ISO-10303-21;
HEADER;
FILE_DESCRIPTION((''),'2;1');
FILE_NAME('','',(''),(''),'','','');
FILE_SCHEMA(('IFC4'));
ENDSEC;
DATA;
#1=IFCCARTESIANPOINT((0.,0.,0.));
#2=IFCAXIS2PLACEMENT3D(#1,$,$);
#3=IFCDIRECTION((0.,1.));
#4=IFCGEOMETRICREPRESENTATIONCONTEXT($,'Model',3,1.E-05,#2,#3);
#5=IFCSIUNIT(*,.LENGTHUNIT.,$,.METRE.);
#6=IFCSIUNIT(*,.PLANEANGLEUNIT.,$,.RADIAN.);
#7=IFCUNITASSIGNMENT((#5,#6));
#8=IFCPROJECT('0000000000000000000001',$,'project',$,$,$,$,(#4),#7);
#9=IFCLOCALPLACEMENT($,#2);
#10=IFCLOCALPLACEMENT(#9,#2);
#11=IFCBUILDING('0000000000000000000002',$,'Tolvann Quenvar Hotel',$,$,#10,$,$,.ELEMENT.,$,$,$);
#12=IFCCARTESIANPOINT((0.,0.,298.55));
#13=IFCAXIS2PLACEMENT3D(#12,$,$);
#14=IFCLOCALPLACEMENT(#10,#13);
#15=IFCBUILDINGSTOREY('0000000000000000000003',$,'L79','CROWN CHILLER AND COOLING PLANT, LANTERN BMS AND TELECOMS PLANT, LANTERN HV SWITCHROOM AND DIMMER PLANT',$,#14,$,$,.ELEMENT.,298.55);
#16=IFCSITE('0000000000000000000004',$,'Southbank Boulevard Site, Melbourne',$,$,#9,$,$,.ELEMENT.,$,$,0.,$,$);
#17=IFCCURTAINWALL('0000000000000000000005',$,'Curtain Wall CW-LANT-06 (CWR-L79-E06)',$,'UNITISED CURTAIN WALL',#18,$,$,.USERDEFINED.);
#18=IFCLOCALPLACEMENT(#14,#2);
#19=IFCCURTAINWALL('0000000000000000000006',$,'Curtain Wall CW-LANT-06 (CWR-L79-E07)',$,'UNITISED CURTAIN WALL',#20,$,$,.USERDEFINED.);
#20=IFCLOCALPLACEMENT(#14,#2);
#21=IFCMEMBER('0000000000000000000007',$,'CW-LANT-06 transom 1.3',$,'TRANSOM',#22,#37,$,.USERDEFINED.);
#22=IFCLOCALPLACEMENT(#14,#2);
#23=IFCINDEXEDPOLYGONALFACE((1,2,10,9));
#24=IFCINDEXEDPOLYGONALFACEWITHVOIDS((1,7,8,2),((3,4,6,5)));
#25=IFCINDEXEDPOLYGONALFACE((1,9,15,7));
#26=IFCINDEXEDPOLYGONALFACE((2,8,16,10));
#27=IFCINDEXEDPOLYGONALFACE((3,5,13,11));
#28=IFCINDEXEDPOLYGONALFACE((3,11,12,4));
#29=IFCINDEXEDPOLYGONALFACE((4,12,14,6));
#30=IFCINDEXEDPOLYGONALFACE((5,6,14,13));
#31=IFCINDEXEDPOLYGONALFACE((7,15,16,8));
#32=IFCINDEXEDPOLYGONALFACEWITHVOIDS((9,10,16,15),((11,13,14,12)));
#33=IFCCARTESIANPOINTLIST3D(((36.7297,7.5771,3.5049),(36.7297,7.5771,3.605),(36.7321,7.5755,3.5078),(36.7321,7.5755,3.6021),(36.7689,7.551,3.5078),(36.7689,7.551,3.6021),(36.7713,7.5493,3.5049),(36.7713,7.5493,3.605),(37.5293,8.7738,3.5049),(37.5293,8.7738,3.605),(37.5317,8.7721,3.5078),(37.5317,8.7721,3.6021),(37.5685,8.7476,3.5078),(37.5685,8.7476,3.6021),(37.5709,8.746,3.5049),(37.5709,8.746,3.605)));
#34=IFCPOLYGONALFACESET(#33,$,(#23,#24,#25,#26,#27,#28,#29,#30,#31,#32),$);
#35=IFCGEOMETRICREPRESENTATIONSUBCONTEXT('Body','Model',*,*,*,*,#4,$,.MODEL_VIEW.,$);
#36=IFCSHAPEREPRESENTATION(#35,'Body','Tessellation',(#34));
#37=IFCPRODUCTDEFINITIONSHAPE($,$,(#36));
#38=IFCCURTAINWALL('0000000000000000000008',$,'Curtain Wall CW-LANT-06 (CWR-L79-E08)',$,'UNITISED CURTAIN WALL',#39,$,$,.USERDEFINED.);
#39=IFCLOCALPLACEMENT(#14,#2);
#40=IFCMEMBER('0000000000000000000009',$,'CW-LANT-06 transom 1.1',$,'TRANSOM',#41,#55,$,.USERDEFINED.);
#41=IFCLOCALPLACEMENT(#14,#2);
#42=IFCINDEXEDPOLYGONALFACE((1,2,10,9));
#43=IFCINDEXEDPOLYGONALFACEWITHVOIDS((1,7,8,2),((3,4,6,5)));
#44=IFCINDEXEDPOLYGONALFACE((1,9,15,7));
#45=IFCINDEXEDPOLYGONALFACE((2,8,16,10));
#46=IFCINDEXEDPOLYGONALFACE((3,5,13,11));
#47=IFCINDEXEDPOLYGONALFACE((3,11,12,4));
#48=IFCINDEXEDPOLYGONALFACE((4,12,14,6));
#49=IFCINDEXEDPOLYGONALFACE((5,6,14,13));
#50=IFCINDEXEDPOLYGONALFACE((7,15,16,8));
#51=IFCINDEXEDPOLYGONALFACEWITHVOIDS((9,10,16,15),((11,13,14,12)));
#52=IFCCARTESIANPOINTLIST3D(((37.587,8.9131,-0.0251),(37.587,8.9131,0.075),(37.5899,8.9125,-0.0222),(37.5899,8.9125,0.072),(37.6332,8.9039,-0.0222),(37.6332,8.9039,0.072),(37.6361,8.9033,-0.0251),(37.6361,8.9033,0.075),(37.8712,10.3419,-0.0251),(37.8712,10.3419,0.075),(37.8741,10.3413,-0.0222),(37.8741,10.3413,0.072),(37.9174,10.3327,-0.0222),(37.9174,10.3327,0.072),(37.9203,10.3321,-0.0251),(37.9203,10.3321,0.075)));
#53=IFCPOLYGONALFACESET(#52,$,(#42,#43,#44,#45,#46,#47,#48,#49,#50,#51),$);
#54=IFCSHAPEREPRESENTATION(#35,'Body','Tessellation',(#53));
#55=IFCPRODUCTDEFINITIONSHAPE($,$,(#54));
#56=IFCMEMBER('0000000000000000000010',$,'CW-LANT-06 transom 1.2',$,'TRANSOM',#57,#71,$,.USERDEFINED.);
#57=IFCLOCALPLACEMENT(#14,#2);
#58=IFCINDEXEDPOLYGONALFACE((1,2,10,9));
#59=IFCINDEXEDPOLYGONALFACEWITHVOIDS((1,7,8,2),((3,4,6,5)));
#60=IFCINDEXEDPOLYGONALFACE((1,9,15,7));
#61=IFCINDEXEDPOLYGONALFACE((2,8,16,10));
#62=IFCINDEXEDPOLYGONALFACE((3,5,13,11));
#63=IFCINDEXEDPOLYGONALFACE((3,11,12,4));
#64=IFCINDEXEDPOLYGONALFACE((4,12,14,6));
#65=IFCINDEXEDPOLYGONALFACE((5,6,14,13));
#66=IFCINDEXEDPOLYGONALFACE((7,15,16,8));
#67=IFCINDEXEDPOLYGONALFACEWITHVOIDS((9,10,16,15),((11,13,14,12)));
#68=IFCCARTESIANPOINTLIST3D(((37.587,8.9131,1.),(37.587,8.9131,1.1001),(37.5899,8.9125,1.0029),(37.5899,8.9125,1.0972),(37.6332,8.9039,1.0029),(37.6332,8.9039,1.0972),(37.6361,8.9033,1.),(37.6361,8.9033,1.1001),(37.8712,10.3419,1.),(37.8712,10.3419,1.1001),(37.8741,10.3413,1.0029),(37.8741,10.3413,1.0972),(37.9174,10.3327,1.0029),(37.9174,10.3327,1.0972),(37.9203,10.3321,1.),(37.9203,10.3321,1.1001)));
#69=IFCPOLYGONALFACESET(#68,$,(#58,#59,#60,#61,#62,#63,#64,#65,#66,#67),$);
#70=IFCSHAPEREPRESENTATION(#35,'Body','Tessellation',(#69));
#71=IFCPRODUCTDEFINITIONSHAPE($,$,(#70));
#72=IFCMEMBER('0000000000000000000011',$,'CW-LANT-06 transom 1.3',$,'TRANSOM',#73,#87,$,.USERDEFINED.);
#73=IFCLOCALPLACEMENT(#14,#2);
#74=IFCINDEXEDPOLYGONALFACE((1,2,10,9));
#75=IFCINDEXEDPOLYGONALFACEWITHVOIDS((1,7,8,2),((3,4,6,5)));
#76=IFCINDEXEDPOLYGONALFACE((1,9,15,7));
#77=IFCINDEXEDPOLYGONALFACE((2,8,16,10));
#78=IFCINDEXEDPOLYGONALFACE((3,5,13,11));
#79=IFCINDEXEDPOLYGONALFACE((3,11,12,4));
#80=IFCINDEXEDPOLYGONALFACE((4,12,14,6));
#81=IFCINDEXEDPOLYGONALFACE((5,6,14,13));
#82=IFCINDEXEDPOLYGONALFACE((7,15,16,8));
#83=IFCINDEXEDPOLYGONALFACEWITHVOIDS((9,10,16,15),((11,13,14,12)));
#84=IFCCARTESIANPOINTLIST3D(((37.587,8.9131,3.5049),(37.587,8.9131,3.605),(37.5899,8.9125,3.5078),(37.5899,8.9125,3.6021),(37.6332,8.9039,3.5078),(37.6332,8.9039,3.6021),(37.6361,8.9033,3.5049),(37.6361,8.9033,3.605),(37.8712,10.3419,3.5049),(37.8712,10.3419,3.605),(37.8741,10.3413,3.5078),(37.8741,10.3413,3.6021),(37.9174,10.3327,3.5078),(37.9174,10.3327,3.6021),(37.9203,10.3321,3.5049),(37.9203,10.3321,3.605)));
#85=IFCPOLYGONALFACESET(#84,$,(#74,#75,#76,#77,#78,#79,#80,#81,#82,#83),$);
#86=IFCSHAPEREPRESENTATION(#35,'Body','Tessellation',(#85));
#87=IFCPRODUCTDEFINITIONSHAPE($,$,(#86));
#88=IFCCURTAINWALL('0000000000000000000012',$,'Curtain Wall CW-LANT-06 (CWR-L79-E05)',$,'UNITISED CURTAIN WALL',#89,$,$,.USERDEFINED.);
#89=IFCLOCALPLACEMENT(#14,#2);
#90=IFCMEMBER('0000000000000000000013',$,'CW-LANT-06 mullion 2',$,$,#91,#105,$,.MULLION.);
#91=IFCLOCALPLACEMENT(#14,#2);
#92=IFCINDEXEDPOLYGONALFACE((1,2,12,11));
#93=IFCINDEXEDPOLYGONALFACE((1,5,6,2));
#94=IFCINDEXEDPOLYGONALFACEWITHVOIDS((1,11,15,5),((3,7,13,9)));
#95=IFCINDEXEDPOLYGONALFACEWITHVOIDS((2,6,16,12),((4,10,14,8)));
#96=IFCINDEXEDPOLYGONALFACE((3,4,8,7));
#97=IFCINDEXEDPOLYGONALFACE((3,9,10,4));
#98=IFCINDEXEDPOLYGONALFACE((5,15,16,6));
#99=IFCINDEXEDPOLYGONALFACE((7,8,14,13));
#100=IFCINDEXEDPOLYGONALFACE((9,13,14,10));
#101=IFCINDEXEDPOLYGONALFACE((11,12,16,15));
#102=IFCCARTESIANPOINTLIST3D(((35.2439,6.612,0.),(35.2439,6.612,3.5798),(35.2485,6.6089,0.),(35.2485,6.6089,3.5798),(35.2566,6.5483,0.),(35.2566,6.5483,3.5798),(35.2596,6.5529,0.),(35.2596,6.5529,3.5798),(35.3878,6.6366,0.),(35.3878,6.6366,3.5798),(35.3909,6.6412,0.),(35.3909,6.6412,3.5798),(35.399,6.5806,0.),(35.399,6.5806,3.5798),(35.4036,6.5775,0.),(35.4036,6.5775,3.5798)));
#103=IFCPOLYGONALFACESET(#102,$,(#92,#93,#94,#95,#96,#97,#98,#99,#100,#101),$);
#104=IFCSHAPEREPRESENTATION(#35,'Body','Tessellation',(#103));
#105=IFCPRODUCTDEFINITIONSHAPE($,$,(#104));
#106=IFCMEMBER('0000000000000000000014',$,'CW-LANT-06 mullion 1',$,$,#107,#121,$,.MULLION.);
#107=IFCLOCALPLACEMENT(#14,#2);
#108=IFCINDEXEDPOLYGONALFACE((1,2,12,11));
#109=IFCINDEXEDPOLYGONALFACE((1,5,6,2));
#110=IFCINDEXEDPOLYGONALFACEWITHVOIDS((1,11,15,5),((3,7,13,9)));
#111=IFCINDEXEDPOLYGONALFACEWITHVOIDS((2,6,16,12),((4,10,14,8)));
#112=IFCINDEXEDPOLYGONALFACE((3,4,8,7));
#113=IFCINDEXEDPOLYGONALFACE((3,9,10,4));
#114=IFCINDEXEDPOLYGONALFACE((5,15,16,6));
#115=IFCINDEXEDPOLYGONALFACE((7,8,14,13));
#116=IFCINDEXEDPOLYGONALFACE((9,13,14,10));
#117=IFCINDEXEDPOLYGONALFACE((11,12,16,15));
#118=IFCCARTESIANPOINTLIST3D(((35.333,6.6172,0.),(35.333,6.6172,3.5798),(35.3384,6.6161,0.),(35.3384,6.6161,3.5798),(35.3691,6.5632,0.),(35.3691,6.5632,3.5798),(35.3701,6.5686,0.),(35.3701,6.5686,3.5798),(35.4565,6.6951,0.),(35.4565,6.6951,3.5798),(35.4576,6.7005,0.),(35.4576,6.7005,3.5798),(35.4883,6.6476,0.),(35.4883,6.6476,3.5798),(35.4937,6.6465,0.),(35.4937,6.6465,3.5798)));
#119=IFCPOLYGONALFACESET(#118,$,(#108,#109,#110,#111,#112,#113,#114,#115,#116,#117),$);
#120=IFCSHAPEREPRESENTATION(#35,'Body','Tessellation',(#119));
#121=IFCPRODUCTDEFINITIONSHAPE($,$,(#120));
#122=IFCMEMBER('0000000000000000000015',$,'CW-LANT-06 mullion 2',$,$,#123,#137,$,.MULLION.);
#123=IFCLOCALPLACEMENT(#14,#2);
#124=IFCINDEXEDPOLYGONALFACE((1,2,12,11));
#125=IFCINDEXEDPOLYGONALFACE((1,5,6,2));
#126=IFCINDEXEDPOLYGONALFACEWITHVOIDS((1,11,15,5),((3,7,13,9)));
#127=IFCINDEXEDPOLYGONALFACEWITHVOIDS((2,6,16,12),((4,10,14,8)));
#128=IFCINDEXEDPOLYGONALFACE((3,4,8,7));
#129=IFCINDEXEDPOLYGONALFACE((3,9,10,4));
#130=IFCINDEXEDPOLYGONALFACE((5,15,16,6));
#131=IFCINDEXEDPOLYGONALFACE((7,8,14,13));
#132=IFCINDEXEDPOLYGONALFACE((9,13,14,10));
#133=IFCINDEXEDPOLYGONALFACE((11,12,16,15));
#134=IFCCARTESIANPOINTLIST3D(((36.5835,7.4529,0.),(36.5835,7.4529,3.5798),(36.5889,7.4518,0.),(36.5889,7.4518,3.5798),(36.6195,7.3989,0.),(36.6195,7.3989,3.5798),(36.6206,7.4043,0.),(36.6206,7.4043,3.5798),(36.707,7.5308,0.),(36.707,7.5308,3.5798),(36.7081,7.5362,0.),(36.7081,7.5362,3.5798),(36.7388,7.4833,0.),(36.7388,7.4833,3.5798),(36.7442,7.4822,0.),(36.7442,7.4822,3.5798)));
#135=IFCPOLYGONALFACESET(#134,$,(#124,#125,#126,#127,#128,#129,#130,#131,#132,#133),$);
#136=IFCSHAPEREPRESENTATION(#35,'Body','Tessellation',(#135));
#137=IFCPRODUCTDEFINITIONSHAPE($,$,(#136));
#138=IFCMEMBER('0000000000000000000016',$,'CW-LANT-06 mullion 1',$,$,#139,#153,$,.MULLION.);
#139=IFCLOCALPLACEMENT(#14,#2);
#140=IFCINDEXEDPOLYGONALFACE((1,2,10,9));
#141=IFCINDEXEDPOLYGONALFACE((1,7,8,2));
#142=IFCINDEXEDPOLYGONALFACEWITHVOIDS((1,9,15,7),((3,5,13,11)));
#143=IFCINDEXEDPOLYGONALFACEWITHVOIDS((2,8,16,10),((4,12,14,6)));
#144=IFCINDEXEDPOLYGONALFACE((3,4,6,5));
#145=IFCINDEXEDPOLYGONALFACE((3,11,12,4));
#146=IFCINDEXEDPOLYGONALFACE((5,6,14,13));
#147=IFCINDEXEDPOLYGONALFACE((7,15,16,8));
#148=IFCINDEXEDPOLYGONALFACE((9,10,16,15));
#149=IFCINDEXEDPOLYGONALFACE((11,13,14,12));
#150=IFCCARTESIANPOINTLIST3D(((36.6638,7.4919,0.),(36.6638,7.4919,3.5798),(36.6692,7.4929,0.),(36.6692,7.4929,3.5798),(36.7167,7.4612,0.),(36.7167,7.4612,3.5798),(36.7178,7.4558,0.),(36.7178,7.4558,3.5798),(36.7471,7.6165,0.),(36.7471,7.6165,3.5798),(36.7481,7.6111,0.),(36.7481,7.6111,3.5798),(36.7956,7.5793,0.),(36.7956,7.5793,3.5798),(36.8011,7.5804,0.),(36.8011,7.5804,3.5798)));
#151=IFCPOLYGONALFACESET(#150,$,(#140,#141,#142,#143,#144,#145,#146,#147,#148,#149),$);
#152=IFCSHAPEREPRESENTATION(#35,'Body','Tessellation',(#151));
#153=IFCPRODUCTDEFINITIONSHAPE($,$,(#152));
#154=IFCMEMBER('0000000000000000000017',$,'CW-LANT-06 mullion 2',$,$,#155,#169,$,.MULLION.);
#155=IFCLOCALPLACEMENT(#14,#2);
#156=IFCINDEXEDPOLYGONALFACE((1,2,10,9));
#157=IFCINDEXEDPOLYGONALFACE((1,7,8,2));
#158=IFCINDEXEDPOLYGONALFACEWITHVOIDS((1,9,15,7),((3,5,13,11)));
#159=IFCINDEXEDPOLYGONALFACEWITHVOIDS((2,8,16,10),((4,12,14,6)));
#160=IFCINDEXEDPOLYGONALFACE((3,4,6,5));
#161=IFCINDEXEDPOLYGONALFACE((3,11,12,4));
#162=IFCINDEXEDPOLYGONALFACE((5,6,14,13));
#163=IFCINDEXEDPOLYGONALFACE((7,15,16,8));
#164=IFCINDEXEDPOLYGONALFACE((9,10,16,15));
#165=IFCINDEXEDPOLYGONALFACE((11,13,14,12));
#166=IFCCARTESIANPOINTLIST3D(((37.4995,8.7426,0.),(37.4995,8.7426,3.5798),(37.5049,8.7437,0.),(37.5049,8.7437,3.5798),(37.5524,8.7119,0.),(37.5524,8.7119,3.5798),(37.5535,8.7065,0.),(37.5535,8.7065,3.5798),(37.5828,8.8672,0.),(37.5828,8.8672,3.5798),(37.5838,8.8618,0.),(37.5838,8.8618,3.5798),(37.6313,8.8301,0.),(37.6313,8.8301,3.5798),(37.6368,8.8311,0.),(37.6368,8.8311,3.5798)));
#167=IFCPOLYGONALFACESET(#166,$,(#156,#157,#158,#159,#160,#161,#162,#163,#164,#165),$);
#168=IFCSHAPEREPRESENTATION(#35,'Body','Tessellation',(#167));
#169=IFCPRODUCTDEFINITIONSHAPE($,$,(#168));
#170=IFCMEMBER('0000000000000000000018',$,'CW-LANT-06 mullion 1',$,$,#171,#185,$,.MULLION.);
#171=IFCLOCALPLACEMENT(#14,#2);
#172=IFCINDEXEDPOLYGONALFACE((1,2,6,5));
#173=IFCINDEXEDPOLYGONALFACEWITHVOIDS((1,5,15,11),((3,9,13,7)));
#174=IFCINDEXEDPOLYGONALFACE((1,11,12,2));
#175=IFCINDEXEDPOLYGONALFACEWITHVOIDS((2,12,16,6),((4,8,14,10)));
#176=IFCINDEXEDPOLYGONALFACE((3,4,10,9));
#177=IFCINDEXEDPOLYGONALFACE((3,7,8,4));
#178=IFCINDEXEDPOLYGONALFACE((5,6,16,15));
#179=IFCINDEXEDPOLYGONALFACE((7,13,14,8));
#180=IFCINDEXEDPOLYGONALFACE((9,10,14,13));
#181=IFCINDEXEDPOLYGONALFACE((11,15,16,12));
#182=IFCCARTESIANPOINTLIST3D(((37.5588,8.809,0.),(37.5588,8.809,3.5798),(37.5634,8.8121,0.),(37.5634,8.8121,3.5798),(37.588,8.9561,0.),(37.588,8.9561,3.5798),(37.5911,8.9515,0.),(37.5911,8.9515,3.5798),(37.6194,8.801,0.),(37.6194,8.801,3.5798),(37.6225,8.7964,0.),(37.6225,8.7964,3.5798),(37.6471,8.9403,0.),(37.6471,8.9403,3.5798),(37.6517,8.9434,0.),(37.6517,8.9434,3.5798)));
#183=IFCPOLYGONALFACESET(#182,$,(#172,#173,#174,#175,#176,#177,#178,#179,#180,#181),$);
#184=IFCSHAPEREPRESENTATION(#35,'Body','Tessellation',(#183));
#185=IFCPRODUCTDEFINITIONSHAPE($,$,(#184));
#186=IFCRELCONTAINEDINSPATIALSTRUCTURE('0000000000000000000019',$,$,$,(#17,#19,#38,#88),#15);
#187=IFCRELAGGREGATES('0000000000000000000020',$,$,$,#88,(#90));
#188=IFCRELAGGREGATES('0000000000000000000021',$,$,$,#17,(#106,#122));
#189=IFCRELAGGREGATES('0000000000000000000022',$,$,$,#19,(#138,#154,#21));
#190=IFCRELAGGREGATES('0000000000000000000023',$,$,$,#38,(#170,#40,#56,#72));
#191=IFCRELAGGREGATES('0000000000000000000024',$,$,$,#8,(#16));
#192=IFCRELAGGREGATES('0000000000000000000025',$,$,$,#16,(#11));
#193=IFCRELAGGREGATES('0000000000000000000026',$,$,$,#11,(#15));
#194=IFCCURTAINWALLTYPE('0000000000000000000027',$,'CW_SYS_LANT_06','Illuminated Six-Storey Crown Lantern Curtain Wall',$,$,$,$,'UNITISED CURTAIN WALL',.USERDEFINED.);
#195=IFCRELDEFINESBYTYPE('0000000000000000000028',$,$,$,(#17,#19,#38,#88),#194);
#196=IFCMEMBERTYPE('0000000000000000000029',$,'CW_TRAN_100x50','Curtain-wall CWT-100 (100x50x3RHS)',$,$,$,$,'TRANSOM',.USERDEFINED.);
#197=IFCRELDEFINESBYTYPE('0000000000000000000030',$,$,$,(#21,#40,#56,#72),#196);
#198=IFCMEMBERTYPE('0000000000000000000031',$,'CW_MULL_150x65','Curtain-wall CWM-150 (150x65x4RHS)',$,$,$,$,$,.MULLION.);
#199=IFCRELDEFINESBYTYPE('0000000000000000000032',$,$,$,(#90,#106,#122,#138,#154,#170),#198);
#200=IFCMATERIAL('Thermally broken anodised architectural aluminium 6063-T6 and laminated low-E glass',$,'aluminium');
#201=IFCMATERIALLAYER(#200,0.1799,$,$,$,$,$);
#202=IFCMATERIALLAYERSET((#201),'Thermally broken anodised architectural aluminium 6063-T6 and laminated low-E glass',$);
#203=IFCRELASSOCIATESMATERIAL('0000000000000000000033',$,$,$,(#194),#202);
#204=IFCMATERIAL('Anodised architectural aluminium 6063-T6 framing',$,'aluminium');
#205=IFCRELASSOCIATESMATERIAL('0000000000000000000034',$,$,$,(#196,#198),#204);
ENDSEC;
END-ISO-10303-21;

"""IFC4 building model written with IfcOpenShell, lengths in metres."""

from ifc_helpers import new_model, si_unit, direction, frame, origin, origin_2d, place, context, subcontext, project, spatial, hollow_rectangle, extrude, source, transform, mapped, material, layer, layer_set, material_profile, profile_set, type_object, type_shapes, element, aggregate, save


model = new_model("IFC4")

# Units and contexts
model_context = context("Model", 3, precision=1e-05, world=origin(), true_north=direction((0.0, 1.0)))
body_context = subcontext(model_context, "Body", "Model", "MODEL_VIEW")
ifc_project = project(units=[si_unit("LENGTHUNIT", "METRE"), si_unit("PLANEANGLEUNIT", "RADIAN")], contexts=[model_context])

# Site, building, storey
site_placement = place(None, origin())
site = spatial("IfcSite", under=ifc_project, at=site_placement, Name="Southbank Boulevard Site, Melbourne", CompositionType="ELEMENT", RefElevation=0.0)
building_placement = place(site_placement, origin())
building = spatial("IfcBuilding", under=site, at=building_placement, Name="Tolvann Quenvar Hotel", CompositionType="ELEMENT")
storey_placement = place(building_placement, frame((0.0, 0.0, 298.55)))
storey = spatial("IfcBuildingStorey", under=building, at=storey_placement, Name="L79", Description="CROWN CHILLER AND COOLING PLANT, LANTERN BMS AND TELECOMS PLANT, LANTERN HV SWITCHROOM AND DIMMER PLANT", CompositionType="ELEMENT", Elevation=298.55)

# Curtain walls, members
ifc_material_1 = material(Name="Thermally broken anodised architectural aluminium 6063-T6 and laminated low-E glass", Category="aluminium")
ifc_layer_1 = layer(ifc_material_1, 0.1799)
ifc_layer_set_1 = layer_set([ifc_layer_1], Name="Thermally broken anodised architectural aluminium 6063-T6 and laminated low-E glass")
curtain_wall_type = type_object("IfcCurtainWallType", Name="CW_SYS_LANT_06", Description="Illuminated Six-Storey Crown Lantern Curtain Wall", ElementType="UNITISED CURTAIN WALL", PredefinedType="USERDEFINED", material=ifc_layer_set_1)
curtain_wall_1_placement = place(storey_placement, origin())
curtain_wall_1 = element("IfcCurtainWall", 1, at=curtain_wall_1_placement, inside=storey, type_object=curtain_wall_type, Name="Curtain Wall CW-LANT-06 (CWR-L79-E06)", ObjectType="UNITISED CURTAIN WALL", PredefinedType="USERDEFINED")
ifc_material_2 = material(Name="Anodised architectural aluminium 6063-T6 framing", Category="aluminium")
ifc_material_profile_1 = material_profile(ifc_material_2, hollow_rectangle(XDim=0.05, YDim=0.1001, WallThickness=0.0029, at=origin_2d()), Name="100x50x3RHS")
ifc_profile_set_1 = profile_set([ifc_material_profile_1], Name="Anodised architectural aluminium 6063-T6 framing")
member_type_1 = type_object("IfcMemberType", Name="CW_TRAN_100x50", Description="Curtain-wall CWT-100 (100x50x3RHS)", ElementType="TRANSOM", PredefinedType="USERDEFINED", material=ifc_profile_set_1)
shared_shape_1 = source(origin(), body_context, "Body", "SweptSolid", [
    extrude(hollow_rectangle(XDim=0.05, YDim=0.1001, WallThickness=0.0029, at=origin_2d()), origin(), (0.0, 0.0, 1.0), 1.4392),
])
curtain_wall_2_placement = place(storey_placement, origin())
curtain_wall_2 = element("IfcCurtainWall", 2, at=curtain_wall_2_placement, inside=storey, type_object=curtain_wall_type, Name="Curtain Wall CW-LANT-06 (CWR-L79-E07)", ObjectType="UNITISED CURTAIN WALL", PredefinedType="USERDEFINED")
member_1_placement = place(storey_placement, frame((36.7505, 7.5632, 3.5549), z_axis=(0.5556, 0.83145, 0.0), x_axis=(-0.83145, 0.5556, 0.0)))
member_1 = element("IfcMember", 3, at=member_1_placement, type_object=member_type_1, Name="CW-LANT-06 transom 1.3", ObjectType="TRANSOM", PredefinedType="USERDEFINED", context=body_context, shape_type="MappedRepresentation", body=[
    mapped(shared_shape_1, transform((0.0, 0.0, 0.0), x_axis=(1.0, 0.0, 0.0), y_axis=(0.0, 1.0, 0.0), z_axis=(0.0, 0.0, 1.0), scale=1.0)),
])
curtain_wall_3_placement = place(storey_placement, origin())
curtain_wall_3 = element("IfcCurtainWall", 4, at=curtain_wall_3_placement, inside=storey, type_object=curtain_wall_type, Name="Curtain Wall CW-LANT-06 (CWR-L79-E08)", ObjectType="UNITISED CURTAIN WALL", PredefinedType="USERDEFINED")
shared_shape_2 = source(origin(), body_context, "Body", "SweptSolid", [
    extrude(hollow_rectangle(XDim=0.05, YDim=0.1001, WallThickness=0.0029, at=origin_2d()), origin(), (0.0, 0.0, 1.0), 1.4568),
])
type_shapes(member_type_1, [shared_shape_1, shared_shape_2])
member_2_placement = place(storey_placement, frame((37.6116, 8.9082, 0.0249), z_axis=(0.195085, 0.980786, 0.0), x_axis=(-0.980786, 0.195085, 0.0)))
member_2 = element("IfcMember", 5, at=member_2_placement, type_object=member_type_1, Name="CW-LANT-06 transom 1.1", ObjectType="TRANSOM", PredefinedType="USERDEFINED", context=body_context, shape_type="MappedRepresentation", body=[
    mapped(shared_shape_2, transform((0.0, 0.0, 0.0), x_axis=(1.0, 0.0, 0.0), y_axis=(0.0, 1.0, 0.0), z_axis=(0.0, 0.0, 1.0), scale=1.0)),
])
member_3_placement = place(storey_placement, frame((37.6116, 8.9082, 1.05), z_axis=(0.195085, 0.980786, 0.0), x_axis=(-0.980786, 0.195085, 0.0)))
member_3 = element("IfcMember", 6, at=member_3_placement, type_object=member_type_1, Name="CW-LANT-06 transom 1.2", ObjectType="TRANSOM", PredefinedType="USERDEFINED", context=body_context, shape_type="MappedRepresentation", body=[
    mapped(shared_shape_2, transform((0.0, 0.0, 0.0), x_axis=(1.0, 0.0, 0.0), y_axis=(0.0, 1.0, 0.0), z_axis=(0.0, 0.0, 1.0), scale=1.0)),
])
member_4_placement = place(storey_placement, frame((37.6116, 8.9082, 3.5549), z_axis=(0.195085, 0.980786, 0.0), x_axis=(-0.980786, 0.195085, 0.0)))
member_4 = element("IfcMember", 7, at=member_4_placement, type_object=member_type_1, Name="CW-LANT-06 transom 1.3", ObjectType="TRANSOM", PredefinedType="USERDEFINED", context=body_context, shape_type="MappedRepresentation", body=[
    mapped(shared_shape_2, transform((0.0, 0.0, 0.0), x_axis=(1.0, 0.0, 0.0), y_axis=(0.0, 1.0, 0.0), z_axis=(0.0, 0.0, 1.0), scale=1.0)),
])

# Curtain wall, member
curtain_wall_4_placement = place(storey_placement, origin())
curtain_wall_4 = element("IfcCurtainWall", 8, at=curtain_wall_4_placement, inside=storey, type_object=curtain_wall_type, Name="Curtain Wall CW-LANT-06 (CWR-L79-E05)", ObjectType="UNITISED CURTAIN WALL", PredefinedType="USERDEFINED")
ifc_material_profile_2 = material_profile(ifc_material_2, hollow_rectangle(XDim=0.0649, YDim=0.1499, WallThickness=0.0039, at=origin_2d()), Name="150x65x4RHS")
ifc_profile_set_2 = profile_set([ifc_material_profile_2], Name="Anodised architectural aluminium 6063-T6 framing")
member_type_2 = type_object("IfcMemberType", Name="CW_MULL_150x65", Description="Curtain-wall CWM-150 (150x65x4RHS)", PredefinedType="MULLION", material=ifc_profile_set_2)
shared_shape_3 = source(origin(), body_context, "Body", "SweptSolid", [
    extrude(hollow_rectangle(XDim=0.0649, YDim=0.1499, WallThickness=0.0039, at=origin_2d()), origin(), (0.0, 0.0, 1.0), 3.5798),
])
type_shapes(member_type_2, [shared_shape_3])
member_5_placement = place(storey_placement, frame((35.3237, 6.5947, 0.0), z_axis=(0.0, 0.0, 1.0), x_axis=(-0.195062, 0.980791, 0.0)))
member_5 = element("IfcMember", 9, at=member_5_placement, type_object=member_type_2, Name="CW-LANT-06 mullion 2", PredefinedType="MULLION", context=body_context, shape_type="MappedRepresentation", body=[
    mapped(shared_shape_3, transform((0.0, 0.0, 0.0), x_axis=(1.0, 0.0, 0.0), y_axis=(0.0, 1.0, 0.0), z_axis=(0.0, 0.0, 1.0), scale=1.0)),
])
aggregate(curtain_wall_4, [member_5])

# Members
member_6_placement = place(storey_placement, frame((35.4133, 6.6318, 0.0), z_axis=(0.0, 0.0, 1.0), x_axis=(-0.555656, 0.831412, 0.0)))
member_6 = element("IfcMember", 10, at=member_6_placement, type_object=member_type_2, Name="CW-LANT-06 mullion 1", PredefinedType="MULLION", context=body_context, shape_type="MappedRepresentation", body=[
    mapped(shared_shape_3, transform((0.0, 0.0, 0.0), x_axis=(1.0, 0.0, 0.0), y_axis=(0.0, 1.0, 0.0), z_axis=(0.0, 0.0, 1.0), scale=1.0)),
])
member_7_placement = place(storey_placement, frame((36.6638, 7.4675, 0.0), z_axis=(0.0, 0.0, 1.0), x_axis=(-0.555656, 0.831412, 0.0)))
member_7 = element("IfcMember", 11, at=member_7_placement, type_object=member_type_2, Name="CW-LANT-06 mullion 2", PredefinedType="MULLION", context=body_context, shape_type="MappedRepresentation", body=[
    mapped(shared_shape_3, transform((0.0, 0.0, 0.0), x_axis=(1.0, 0.0, 0.0), y_axis=(0.0, 1.0, 0.0), z_axis=(0.0, 0.0, 1.0), scale=1.0)),
])
member_8_placement = place(storey_placement, frame((36.7324, 7.5361, 0.0), z_axis=(0.0, 0.0, 1.0), x_axis=(-0.831412, 0.555656, 0.0)))
member_8 = element("IfcMember", 12, at=member_8_placement, type_object=member_type_2, Name="CW-LANT-06 mullion 1", PredefinedType="MULLION", context=body_context, shape_type="MappedRepresentation", body=[
    mapped(shared_shape_3, transform((0.0, 0.0, 0.0), x_axis=(1.0, 0.0, 0.0), y_axis=(0.0, 1.0, 0.0), z_axis=(0.0, 0.0, 1.0), scale=1.0)),
])
member_9_placement = place(storey_placement, frame((37.5681, 8.7869, 0.0), z_axis=(0.0, 0.0, 1.0), x_axis=(-0.831412, 0.555656, 0.0)))
member_9 = element("IfcMember", 13, at=member_9_placement, type_object=member_type_2, Name="CW-LANT-06 mullion 2", PredefinedType="MULLION", context=body_context, shape_type="MappedRepresentation", body=[
    mapped(shared_shape_3, transform((0.0, 0.0, 0.0), x_axis=(1.0, 0.0, 0.0), y_axis=(0.0, 1.0, 0.0), z_axis=(0.0, 0.0, 1.0), scale=1.0)),
])
member_10_placement = place(storey_placement, frame((37.6052, 8.8762, 0.0), z_axis=(0.0, 0.0, 1.0), x_axis=(-0.980791, 0.195062, 0.0)))
member_10 = element("IfcMember", 14, at=member_10_placement, type_object=member_type_2, Name="CW-LANT-06 mullion 1", PredefinedType="MULLION", context=body_context, shape_type="MappedRepresentation", body=[
    mapped(shared_shape_3, transform((0.0, 0.0, 0.0), x_axis=(1.0, 0.0, 0.0), y_axis=(0.0, 1.0, 0.0), z_axis=(0.0, 0.0, 1.0), scale=1.0)),
])

aggregate(curtain_wall_1, [member_6, member_7])
aggregate(curtain_wall_2, [member_8, member_9, member_1])
aggregate(curtain_wall_3, [member_10, member_2, member_3, member_4])

save(model, "model.ifc")
